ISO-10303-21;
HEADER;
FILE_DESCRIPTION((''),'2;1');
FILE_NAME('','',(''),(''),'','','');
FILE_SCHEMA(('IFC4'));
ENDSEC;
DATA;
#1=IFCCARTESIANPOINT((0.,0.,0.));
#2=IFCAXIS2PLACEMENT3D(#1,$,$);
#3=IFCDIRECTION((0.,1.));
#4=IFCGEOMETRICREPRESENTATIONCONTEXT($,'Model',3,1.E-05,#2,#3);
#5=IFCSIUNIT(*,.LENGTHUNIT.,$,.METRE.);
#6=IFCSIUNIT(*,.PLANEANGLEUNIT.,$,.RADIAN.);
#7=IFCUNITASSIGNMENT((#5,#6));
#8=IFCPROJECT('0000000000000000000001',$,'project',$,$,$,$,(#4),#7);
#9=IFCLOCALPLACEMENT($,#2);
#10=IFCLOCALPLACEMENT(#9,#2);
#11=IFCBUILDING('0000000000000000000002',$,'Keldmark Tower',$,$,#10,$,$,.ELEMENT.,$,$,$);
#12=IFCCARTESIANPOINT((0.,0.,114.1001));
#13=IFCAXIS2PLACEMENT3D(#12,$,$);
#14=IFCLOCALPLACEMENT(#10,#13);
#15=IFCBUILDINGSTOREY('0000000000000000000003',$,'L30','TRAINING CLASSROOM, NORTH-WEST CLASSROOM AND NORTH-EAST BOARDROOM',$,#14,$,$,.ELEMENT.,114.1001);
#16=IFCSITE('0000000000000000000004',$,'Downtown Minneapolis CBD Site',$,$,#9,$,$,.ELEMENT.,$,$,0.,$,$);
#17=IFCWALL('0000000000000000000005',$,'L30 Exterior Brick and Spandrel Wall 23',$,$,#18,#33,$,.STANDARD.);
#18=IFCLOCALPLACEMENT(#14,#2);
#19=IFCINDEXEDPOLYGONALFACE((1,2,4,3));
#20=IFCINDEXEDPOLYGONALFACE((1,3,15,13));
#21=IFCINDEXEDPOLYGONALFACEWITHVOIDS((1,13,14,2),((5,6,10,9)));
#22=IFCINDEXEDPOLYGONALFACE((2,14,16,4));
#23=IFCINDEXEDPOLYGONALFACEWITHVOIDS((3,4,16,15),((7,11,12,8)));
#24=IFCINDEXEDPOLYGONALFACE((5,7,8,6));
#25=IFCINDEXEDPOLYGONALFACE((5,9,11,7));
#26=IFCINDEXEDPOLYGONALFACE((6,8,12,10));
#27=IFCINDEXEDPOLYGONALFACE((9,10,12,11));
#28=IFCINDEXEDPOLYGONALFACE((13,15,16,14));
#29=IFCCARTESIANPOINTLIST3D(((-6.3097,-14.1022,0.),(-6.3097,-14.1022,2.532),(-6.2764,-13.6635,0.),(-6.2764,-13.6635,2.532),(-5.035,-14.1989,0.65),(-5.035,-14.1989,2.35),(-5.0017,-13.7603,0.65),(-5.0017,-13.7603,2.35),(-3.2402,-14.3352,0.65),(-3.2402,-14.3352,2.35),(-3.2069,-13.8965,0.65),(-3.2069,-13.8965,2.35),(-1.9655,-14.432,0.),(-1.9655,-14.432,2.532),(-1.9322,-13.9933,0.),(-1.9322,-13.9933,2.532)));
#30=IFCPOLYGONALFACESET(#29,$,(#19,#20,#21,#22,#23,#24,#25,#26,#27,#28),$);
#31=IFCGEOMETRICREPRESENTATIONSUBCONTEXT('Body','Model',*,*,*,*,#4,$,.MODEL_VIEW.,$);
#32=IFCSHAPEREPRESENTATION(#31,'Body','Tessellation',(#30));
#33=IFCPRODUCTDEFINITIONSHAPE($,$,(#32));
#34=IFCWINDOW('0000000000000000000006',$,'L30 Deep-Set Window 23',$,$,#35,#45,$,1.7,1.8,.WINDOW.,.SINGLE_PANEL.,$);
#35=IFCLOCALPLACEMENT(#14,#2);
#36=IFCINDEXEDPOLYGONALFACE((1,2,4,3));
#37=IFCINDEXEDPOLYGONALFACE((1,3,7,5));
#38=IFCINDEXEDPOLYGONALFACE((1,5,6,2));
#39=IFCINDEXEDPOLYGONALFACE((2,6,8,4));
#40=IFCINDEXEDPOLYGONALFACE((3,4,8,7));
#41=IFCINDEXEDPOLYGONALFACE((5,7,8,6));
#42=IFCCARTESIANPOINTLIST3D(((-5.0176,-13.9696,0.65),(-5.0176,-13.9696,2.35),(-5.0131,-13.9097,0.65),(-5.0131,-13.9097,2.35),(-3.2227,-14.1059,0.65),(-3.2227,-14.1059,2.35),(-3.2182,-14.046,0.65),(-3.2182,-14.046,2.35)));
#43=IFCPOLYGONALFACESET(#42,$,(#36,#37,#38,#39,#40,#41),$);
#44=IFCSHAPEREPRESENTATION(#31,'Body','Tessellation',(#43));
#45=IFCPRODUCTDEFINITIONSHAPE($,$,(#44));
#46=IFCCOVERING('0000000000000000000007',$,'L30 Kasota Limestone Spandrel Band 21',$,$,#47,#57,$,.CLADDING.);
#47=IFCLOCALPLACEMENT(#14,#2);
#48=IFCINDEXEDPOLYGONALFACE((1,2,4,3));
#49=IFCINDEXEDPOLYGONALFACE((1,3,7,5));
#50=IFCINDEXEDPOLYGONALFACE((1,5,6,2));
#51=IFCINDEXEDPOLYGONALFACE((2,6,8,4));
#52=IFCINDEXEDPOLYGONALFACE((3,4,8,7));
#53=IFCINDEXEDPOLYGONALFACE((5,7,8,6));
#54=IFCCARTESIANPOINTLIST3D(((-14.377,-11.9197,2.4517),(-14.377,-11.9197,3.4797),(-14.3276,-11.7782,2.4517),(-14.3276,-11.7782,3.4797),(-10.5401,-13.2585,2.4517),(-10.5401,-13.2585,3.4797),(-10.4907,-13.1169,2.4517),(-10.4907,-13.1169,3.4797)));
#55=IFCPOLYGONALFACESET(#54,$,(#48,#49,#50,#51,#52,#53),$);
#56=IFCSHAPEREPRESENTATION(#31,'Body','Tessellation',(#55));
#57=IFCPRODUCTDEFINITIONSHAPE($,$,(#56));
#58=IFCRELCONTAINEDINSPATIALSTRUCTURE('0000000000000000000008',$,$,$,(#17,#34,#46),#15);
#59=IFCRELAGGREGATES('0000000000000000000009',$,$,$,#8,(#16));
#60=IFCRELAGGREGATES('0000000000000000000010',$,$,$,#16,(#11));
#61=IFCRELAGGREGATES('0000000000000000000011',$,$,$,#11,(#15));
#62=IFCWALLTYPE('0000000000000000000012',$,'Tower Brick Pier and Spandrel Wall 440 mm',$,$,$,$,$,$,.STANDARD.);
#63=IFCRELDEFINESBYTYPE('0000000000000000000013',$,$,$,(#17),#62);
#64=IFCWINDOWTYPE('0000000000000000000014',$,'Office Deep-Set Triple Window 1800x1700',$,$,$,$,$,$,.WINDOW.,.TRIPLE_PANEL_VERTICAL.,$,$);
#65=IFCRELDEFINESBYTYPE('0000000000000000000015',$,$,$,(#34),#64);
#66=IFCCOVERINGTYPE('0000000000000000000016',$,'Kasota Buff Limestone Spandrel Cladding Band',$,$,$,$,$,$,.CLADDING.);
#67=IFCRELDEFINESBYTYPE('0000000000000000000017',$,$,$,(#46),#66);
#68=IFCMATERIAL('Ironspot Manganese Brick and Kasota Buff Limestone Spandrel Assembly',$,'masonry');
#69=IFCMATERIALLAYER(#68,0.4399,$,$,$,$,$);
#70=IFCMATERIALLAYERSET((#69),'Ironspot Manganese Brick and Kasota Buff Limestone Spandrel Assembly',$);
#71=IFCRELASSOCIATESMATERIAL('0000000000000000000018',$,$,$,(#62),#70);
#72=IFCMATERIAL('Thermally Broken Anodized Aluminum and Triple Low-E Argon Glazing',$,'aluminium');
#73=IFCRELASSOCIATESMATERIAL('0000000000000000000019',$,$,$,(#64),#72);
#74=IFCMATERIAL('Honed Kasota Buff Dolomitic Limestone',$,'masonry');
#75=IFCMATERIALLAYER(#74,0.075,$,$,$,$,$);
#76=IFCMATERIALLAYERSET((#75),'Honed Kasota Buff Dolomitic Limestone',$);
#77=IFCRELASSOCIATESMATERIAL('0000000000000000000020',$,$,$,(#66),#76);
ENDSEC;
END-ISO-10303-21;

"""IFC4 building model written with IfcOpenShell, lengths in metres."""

from ifc_helpers import new_model, si_unit, direction, frame, frame_2d, origin, origin_2d, place, context, subcontext, project, spatial, rectangle, extrude, material, layer, layer_set, type_object, element, fill, save


model = new_model("IFC4")

# Units and contexts
model_context = context("Model", 3, precision=1e-05, world=origin(), true_north=direction((0.0, 1.0)))
body_context = subcontext(model_context, "Body", "Model", "MODEL_VIEW")
ifc_project = project(units=[si_unit("LENGTHUNIT", "METRE"), si_unit("PLANEANGLEUNIT", "RADIAN")], contexts=[model_context])

# Site, building, storey
site_placement = place(None, origin())
site = spatial("IfcSite", under=ifc_project, at=site_placement, Name="Downtown Minneapolis CBD Site", CompositionType="ELEMENT", RefElevation=0.0)
building_placement = place(site_placement, origin())
building = spatial("IfcBuilding", under=site, at=building_placement, Name="Keldmark Tower", CompositionType="ELEMENT")
storey_placement = place(building_placement, frame((0.0, 0.0, 114.1001)))
storey = spatial("IfcBuildingStorey", under=building, at=storey_placement, Name="L30", Description="TRAINING CLASSROOM, NORTH-WEST CLASSROOM AND NORTH-EAST BOARDROOM", CompositionType="ELEMENT", Elevation=114.1001)

# Shared definitions
ifc_material_1 = material(Name="Ironspot Manganese Brick and Kasota Buff Limestone Spandrel Assembly", Category="masonry")
ifc_layer_1 = layer(ifc_material_1, 0.4399)
ifc_layer_set_1 = layer_set([ifc_layer_1], Name="Ironspot Manganese Brick and Kasota Buff Limestone Spandrel Assembly")
wall_type_1 = type_object("IfcWallType", Name="Tower Brick Pier and Spandrel Wall 440 mm", PredefinedType="STANDARD", material=ifc_layer_set_1)

# Wall, opening, window
ifc_material_2 = material(Name="Thermally Broken Anodized Aluminum and Triple Low-E Argon Glazing", Category="aluminium")
window_type = type_object("IfcWindowType", Name="Office Deep-Set Triple Window 1800x1700", PartitioningType="TRIPLE_PANEL_VERTICAL", PredefinedType="WINDOW", material=ifc_material_2)
wall_1_placement = place(storey_placement, frame((-1.949, -14.2126, 0.0), z_axis=(0.0, 0.0, 1.0), x_axis=(-0.99713, 0.075707, 0.0)))
wall_1 = element("IfcWall", 1, at=wall_1_placement, inside=storey, type_object=wall_type_1, Name="L30 Exterior Brick and Spandrel Wall 23", PredefinedType="STANDARD", context=body_context, shape_type="SweptSolid", body=[
    extrude(rectangle(XDim=4.3567, YDim=0.4399, at=frame_2d((2.1782, 0.0))), origin(), (0.0, 0.0, 1.0), 2.532),
])
opening_1_placement = place(wall_1_placement, frame((1.2783, 0.0, 0.6499)))
opening_1 = element("IfcOpeningElement", 2, at=opening_1_placement, cuts=wall_1, PredefinedType="OPENING", context=body_context, shape_type="SweptSolid", body=[
    extrude(rectangle(XDim=1.8, YDim=1.7, at=frame_2d((0.8999, 0.8501))), frame((0.0, 0.23, 0.0), z_axis=(0.0, -1.0, 0.0), x_axis=(1.0, 0.0, 0.0)), (0.0, 0.0, 1.0), 0.46),
])
window_1_placement = place(opening_1_placement, origin())
window_1 = element("IfcWindow", 3, at=window_1_placement, inside=storey, type_object=window_type, Name="L30 Deep-Set Window 23", OverallHeight=1.7, OverallWidth=1.8, PartitioningType="SINGLE_PANEL", PredefinedType="WINDOW", context=body_context, shape_type="SweptSolid", body=[
    extrude(rectangle(XDim=1.8, YDim=1.7, at=frame_2d((0.8999, 0.8501))), frame((0.0, -0.01, 0.0), z_axis=(0.0, -1.0, 0.0), x_axis=(1.0, 0.0, 0.0)), (0.0, 0.0, 1.0), 0.0601),
])
fill(opening_1, window_1)

# Covering
ifc_material_3 = material(Name="Honed Kasota Buff Dolomitic Limestone", Category="masonry")
ifc_layer_2 = layer(ifc_material_3, 0.075)
ifc_layer_set_2 = layer_set([ifc_layer_2], Name="Honed Kasota Buff Dolomitic Limestone")
covering_type = type_object("IfcCoveringType", Name="Kasota Buff Limestone Spandrel Cladding Band", PredefinedType="CLADDING", material=ifc_layer_set_2)
covering_placement = place(storey_placement, frame((-12.4338, -12.5183, 2.4517), z_axis=(0.0, 0.0, 1.0), x_axis=(0.944175, -0.329443, 0.0)))
element("IfcCovering", 4, at=covering_placement, inside=storey, type_object=covering_type, Name="L30 Kasota Limestone Spandrel Band 21", PredefinedType="CLADDING", context=body_context, shape_type="SweptSolid", body=[
    extrude(rectangle(XDim=4.0637, YDim=0.1499, at=origin_2d()), origin(), (0.0, 0.0, 1.0), 1.0281),
])

save(model, "model.ifc")
